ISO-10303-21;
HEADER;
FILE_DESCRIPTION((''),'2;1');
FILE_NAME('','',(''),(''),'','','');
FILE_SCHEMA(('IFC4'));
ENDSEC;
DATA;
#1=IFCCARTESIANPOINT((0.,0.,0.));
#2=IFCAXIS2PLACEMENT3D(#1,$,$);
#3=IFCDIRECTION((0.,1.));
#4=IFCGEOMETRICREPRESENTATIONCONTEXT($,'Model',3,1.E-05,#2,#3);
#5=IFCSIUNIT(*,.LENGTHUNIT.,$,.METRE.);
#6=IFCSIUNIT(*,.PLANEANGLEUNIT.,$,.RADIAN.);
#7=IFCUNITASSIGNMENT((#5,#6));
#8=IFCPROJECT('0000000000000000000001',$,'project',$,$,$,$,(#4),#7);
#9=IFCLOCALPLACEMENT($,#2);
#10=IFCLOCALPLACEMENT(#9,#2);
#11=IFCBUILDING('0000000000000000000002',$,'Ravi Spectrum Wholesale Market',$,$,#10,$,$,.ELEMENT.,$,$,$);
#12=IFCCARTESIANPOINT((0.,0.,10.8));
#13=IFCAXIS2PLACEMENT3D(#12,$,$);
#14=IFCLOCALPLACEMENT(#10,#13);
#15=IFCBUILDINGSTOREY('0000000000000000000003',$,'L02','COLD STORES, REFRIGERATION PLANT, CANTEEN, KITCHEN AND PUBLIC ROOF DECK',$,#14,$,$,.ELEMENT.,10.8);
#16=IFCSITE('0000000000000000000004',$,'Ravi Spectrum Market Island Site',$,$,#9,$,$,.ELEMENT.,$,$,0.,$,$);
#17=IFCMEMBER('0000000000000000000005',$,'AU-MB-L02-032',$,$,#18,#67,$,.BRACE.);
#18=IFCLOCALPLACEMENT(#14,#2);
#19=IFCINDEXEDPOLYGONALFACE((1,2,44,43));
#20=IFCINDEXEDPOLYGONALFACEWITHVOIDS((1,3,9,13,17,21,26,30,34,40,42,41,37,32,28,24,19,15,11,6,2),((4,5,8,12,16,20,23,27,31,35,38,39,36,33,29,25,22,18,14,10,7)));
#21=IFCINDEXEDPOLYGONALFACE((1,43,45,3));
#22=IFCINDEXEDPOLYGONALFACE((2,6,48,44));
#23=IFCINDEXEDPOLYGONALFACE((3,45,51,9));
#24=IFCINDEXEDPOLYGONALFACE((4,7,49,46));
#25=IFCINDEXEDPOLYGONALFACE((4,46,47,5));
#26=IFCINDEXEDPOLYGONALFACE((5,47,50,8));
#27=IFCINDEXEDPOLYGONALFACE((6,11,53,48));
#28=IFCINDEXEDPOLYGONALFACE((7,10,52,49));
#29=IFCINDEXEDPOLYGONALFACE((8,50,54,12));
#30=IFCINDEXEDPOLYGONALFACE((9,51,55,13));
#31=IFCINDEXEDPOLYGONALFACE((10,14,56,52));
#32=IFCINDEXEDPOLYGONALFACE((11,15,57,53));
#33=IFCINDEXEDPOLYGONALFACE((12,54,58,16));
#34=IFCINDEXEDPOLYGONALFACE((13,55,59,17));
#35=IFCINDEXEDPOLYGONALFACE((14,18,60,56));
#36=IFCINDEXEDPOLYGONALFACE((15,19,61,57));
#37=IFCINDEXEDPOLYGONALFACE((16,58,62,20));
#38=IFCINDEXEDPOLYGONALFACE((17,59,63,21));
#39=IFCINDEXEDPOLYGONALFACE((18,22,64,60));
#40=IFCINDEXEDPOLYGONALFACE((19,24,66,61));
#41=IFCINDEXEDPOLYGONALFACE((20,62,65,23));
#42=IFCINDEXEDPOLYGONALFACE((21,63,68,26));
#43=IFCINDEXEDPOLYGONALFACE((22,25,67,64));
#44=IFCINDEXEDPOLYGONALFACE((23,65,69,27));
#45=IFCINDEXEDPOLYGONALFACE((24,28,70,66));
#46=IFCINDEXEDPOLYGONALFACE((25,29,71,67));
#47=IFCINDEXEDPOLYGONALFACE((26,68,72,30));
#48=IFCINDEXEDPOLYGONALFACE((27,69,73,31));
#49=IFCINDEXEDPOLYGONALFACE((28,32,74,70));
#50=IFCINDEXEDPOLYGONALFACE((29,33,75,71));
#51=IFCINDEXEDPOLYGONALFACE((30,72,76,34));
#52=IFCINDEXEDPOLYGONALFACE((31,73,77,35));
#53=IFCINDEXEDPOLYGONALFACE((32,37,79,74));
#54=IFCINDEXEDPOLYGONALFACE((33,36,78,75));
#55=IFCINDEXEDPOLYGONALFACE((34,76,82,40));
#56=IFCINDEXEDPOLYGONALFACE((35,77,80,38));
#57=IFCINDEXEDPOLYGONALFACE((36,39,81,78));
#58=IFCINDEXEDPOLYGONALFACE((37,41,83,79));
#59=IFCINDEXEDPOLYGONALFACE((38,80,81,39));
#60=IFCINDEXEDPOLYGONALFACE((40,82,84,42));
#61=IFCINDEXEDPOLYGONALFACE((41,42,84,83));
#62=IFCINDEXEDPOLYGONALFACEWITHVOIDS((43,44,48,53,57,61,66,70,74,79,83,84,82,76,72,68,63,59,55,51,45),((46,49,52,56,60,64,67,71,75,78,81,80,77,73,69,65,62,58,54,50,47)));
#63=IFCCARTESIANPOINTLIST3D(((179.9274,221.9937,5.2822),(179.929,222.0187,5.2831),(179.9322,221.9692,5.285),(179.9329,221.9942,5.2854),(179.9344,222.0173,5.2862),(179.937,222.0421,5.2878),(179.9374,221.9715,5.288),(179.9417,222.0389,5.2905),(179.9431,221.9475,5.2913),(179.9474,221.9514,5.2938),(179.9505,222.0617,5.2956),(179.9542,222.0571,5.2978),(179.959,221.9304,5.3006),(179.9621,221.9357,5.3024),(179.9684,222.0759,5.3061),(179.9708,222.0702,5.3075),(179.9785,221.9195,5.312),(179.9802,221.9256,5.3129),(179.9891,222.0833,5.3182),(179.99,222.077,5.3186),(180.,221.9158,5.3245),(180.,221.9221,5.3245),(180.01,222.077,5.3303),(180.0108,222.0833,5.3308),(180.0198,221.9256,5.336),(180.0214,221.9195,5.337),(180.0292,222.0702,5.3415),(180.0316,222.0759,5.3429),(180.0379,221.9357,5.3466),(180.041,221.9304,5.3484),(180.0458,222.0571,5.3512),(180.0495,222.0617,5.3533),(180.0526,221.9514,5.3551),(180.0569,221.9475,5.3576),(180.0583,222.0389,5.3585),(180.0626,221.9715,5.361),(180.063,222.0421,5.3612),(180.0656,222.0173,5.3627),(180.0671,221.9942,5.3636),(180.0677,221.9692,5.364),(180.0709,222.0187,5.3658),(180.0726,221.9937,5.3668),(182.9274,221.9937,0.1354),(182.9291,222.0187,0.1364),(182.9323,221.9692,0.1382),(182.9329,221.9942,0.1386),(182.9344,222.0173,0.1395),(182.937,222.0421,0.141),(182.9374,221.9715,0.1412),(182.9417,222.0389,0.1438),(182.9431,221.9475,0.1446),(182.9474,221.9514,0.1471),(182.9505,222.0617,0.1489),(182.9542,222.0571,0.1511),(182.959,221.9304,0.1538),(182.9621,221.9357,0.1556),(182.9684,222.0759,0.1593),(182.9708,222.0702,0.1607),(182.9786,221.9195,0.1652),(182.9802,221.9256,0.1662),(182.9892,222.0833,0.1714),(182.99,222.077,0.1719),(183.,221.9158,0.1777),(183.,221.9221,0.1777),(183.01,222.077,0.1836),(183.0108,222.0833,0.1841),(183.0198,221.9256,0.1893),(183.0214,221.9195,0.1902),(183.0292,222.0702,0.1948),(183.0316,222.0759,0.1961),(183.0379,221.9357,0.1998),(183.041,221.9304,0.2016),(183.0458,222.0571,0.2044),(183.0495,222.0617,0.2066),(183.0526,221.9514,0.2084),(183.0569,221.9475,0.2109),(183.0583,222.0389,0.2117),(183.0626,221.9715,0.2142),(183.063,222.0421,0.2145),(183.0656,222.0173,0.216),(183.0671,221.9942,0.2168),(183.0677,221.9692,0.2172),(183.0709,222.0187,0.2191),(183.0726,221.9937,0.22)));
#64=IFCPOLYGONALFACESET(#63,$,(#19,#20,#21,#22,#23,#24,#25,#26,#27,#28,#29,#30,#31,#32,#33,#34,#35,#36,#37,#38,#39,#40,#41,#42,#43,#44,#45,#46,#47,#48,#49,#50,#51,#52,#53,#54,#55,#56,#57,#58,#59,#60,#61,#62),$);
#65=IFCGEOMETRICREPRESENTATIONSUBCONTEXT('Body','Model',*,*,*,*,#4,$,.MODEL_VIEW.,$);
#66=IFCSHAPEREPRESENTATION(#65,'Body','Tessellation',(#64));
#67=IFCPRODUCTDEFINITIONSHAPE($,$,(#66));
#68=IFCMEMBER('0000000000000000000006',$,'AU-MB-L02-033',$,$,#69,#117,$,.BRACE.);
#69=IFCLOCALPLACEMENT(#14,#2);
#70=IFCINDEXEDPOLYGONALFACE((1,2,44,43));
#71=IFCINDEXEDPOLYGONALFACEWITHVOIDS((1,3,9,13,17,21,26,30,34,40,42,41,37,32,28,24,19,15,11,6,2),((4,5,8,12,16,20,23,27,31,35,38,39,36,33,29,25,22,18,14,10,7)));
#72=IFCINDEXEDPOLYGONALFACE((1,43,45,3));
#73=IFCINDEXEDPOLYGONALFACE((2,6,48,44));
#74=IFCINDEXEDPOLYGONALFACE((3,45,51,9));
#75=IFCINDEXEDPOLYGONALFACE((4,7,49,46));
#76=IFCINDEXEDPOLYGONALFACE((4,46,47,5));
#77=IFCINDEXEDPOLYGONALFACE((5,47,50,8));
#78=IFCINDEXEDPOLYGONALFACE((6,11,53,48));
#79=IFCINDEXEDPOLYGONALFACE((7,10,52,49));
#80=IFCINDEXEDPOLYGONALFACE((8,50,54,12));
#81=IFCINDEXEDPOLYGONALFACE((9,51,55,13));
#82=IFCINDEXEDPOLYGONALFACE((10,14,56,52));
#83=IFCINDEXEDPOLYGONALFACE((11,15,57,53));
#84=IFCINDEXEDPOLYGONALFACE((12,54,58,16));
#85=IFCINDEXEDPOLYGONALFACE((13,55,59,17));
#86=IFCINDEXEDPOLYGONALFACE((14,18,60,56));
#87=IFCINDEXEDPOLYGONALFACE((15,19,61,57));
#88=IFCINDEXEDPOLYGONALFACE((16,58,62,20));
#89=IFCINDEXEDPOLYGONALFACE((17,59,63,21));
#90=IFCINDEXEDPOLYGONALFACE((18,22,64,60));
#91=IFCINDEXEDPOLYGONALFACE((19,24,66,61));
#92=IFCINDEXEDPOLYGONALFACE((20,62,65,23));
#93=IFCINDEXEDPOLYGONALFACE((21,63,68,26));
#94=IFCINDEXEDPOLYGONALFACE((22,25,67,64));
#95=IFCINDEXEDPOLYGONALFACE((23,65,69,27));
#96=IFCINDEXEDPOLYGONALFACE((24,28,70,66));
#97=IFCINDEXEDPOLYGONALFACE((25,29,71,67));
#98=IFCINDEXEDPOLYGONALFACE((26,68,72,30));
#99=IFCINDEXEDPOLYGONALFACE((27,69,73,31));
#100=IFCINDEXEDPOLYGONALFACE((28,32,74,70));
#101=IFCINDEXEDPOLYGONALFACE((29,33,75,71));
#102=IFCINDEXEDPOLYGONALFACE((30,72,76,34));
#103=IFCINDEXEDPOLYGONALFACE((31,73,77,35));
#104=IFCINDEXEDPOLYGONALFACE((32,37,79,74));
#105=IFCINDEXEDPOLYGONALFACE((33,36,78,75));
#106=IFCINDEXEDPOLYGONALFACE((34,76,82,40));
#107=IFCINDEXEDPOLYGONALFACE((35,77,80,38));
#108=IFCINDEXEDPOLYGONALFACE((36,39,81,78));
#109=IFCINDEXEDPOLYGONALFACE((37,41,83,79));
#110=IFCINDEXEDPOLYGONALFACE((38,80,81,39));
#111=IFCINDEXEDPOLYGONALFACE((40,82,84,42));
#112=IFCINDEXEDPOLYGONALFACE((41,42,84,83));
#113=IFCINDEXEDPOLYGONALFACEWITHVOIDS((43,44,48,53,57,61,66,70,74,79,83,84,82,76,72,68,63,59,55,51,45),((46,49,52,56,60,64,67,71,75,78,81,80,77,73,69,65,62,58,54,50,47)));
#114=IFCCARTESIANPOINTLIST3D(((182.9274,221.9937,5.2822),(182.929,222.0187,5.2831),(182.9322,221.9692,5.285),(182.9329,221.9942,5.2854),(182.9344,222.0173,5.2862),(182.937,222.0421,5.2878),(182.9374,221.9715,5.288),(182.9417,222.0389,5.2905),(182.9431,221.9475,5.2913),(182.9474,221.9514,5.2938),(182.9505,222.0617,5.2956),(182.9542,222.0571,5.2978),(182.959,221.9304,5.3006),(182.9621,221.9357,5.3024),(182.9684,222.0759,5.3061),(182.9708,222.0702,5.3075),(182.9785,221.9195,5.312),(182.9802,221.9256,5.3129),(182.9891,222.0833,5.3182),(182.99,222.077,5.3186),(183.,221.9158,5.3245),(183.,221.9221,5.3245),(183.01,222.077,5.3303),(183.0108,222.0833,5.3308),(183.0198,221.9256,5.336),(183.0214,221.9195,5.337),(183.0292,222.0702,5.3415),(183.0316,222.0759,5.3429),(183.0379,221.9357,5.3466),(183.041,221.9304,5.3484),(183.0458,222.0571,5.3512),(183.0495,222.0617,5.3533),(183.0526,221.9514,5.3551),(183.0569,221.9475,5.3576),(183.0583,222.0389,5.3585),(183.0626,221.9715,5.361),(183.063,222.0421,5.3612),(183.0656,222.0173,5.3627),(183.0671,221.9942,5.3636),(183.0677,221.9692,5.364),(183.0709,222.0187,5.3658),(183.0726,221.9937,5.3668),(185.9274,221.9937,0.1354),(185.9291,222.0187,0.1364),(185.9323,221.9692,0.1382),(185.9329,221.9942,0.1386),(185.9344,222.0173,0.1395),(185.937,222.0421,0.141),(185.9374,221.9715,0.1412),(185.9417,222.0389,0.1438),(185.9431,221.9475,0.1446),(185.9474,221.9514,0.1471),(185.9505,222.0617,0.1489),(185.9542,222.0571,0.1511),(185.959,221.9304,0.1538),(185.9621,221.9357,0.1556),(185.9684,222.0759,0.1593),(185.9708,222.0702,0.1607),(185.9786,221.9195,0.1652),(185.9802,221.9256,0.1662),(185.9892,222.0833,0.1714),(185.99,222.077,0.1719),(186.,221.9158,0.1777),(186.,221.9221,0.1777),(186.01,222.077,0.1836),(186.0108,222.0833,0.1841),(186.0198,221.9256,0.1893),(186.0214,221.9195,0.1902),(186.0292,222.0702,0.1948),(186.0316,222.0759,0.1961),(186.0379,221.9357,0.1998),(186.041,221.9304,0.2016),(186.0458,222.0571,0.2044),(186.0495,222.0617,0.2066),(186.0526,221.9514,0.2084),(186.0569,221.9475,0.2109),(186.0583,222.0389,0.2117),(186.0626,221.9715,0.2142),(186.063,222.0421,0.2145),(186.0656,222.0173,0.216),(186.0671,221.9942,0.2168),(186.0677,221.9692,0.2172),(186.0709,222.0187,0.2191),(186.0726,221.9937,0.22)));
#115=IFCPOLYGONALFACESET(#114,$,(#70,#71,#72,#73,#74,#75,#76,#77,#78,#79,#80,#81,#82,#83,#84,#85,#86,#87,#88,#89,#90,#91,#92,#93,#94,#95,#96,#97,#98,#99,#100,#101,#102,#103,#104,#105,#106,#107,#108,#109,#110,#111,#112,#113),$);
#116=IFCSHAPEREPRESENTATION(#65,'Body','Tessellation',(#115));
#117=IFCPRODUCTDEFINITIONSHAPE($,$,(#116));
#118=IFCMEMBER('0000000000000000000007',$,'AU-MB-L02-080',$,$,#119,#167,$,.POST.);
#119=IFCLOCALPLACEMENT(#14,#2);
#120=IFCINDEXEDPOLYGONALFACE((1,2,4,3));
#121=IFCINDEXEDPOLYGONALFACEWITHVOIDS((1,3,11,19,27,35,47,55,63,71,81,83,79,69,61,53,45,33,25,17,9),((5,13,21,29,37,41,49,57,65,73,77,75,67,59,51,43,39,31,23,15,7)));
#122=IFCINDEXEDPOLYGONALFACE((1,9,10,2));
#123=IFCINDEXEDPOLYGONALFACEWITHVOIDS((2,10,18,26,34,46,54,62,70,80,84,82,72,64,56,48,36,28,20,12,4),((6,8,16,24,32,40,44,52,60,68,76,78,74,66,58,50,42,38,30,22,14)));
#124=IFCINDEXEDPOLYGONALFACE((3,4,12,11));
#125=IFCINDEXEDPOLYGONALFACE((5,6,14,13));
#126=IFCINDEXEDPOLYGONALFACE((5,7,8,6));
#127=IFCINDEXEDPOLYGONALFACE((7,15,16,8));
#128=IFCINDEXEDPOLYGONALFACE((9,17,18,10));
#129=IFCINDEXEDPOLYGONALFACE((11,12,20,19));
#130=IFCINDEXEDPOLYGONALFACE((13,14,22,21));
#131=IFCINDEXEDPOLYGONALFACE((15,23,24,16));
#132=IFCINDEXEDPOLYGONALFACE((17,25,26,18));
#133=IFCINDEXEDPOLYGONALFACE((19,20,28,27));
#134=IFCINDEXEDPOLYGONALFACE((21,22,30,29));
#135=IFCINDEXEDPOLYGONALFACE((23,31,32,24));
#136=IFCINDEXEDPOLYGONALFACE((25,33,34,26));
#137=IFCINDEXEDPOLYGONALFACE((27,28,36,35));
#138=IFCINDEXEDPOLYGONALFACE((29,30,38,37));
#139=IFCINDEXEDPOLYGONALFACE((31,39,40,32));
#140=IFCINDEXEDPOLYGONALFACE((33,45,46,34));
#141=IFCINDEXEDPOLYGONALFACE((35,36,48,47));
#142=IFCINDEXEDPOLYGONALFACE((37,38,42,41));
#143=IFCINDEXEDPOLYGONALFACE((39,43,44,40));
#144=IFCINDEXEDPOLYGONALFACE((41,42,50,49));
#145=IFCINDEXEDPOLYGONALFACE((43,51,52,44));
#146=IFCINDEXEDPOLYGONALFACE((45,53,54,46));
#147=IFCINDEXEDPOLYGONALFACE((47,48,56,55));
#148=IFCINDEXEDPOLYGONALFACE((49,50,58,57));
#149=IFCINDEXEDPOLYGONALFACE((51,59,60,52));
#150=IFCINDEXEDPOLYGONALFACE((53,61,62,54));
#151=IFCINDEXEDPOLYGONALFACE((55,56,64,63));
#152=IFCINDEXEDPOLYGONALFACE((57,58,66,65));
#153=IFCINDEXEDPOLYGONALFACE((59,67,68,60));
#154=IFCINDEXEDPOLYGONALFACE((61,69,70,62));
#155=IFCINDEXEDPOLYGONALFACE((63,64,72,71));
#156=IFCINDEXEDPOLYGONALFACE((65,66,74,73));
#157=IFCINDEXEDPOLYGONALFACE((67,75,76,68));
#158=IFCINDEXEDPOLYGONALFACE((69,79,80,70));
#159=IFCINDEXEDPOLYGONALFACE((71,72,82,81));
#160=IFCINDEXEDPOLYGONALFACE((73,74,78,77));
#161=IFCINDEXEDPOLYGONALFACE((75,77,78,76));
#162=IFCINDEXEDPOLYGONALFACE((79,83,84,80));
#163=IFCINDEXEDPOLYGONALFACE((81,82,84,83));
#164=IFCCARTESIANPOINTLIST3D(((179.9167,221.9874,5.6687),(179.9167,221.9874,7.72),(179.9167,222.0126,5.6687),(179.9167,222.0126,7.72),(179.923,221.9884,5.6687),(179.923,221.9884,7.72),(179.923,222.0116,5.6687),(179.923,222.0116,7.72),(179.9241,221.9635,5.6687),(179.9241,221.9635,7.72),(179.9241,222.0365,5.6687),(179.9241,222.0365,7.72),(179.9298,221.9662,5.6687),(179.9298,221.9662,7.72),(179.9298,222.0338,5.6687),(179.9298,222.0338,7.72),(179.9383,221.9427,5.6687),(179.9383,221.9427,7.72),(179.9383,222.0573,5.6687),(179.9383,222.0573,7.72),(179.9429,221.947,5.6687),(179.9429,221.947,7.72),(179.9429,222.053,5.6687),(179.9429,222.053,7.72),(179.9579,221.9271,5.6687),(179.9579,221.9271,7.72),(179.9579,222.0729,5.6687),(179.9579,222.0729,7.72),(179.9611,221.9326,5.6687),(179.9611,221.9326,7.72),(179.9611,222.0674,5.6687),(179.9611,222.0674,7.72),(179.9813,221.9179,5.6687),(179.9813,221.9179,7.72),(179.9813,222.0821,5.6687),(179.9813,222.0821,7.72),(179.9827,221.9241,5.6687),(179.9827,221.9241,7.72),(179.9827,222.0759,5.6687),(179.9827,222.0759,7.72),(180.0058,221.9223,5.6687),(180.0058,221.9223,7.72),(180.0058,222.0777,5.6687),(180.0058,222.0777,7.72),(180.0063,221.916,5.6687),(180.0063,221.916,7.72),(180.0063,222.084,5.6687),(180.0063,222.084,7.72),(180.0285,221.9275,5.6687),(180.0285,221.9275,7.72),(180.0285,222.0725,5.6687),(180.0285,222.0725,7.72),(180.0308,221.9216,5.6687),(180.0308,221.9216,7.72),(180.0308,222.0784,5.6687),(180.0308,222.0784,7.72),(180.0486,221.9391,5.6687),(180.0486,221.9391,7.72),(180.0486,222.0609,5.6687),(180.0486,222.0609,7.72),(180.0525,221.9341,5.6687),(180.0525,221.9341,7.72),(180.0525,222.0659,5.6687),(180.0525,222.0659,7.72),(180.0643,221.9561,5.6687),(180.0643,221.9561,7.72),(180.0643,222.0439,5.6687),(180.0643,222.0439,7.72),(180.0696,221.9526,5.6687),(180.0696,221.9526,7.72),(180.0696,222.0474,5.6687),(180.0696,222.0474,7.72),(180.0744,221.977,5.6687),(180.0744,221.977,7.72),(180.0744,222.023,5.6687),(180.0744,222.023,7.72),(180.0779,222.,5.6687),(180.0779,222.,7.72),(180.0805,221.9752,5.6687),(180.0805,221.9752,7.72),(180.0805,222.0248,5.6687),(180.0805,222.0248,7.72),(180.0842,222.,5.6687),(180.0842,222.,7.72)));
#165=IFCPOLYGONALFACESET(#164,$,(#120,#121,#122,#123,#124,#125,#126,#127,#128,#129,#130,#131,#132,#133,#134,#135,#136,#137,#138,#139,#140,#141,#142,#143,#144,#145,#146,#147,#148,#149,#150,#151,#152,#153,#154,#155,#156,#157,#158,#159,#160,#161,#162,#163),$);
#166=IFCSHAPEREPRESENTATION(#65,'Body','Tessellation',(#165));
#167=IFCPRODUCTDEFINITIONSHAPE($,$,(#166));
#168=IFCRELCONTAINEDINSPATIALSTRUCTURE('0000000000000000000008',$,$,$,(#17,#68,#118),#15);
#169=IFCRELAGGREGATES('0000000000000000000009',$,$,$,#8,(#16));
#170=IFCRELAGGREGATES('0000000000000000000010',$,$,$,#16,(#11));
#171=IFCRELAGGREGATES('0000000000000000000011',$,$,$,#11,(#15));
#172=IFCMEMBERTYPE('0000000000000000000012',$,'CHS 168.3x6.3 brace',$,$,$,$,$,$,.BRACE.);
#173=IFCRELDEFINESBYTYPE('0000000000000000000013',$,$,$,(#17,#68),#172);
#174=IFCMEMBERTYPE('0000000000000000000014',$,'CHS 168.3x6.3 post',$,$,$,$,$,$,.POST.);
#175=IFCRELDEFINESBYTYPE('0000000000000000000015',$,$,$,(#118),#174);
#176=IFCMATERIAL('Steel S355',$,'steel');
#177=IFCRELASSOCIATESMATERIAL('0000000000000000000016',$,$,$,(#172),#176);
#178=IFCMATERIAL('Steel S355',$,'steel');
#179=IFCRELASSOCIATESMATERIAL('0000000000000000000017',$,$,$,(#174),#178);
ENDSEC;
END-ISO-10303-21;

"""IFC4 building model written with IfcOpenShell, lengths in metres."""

from ifc_helpers import new_model, si_unit, direction, frame, origin, origin_2d, place, context, subcontext, project, spatial, hollow_circle, extrude, material, material_profile, profile_set, type_object, element, save


model = new_model("IFC4")

# Units and contexts
model_context = context("Model", 3, precision=1e-05, world=origin(), true_north=direction((0.0, 1.0)))
body_context = subcontext(model_context, "Body", "Model", "MODEL_VIEW")
ifc_project = project(units=[si_unit("LENGTHUNIT", "METRE"), si_unit("PLANEANGLEUNIT", "RADIAN")], contexts=[model_context])

# Site, building, storey
site_placement = place(None, origin())
site = spatial("IfcSite", under=ifc_project, at=site_placement, Name="Ravi Spectrum Market Island Site", CompositionType="ELEMENT", RefElevation=0.0)
building_placement = place(site_placement, origin())
building = spatial("IfcBuilding", under=site, at=building_placement, Name="Ravi Spectrum Wholesale Market", CompositionType="ELEMENT")
storey_placement = place(building_placement, frame((0.0, 0.0, 10.8)))
storey = spatial("IfcBuildingStorey", under=building, at=storey_placement, Name="L02", Description="COLD STORES, REFRIGERATION PLANT, CANTEEN, KITCHEN AND PUBLIC ROOF DECK", CompositionType="ELEMENT", Elevation=10.8)

# Members
ifc_material_1 = material(Name="Steel S355", Category="steel")
ifc_material_profile_1 = material_profile(ifc_material_1, hollow_circle(Radius=0.0842, WallThickness=0.0063, at=origin_2d()))
ifc_profile_set_1 = profile_set([ifc_material_profile_1], Name="Steel S355")
member_type_1 = type_object("IfcMemberType", Name="CHS 168.3x6.3 brace", PredefinedType="BRACE", material=ifc_profile_set_1)
for number, where, z_axis, x_axis, name in (
    (1, (183.0, 222.0, 0.1777), (-0.503588, 0.0, 0.863944), (0.0, -1.0, 0.0), "AU-MB-L02-032"),
    (2, (186.0, 222.0, 0.1777), (-0.503588, 0.0, 0.863944), (0.0, -1.0, 0.0), "AU-MB-L02-033"),
):
    element("IfcMember", number, at=place(storey_placement, frame(where, z_axis=z_axis, x_axis=x_axis)), inside=storey, type_object=member_type_1, Name=name, PredefinedType="BRACE", context=body_context, shape_type="SweptSolid", body=[
        extrude(hollow_circle(Radius=0.0842, WallThickness=0.0063, at=origin_2d()), origin(), (0.0, 0.0, 1.0), 5.9573),
    ])
ifc_material_2 = material(Name="Steel S355", Category="steel")
ifc_material_profile_2 = material_profile(ifc_material_2, hollow_circle(Radius=0.0842, WallThickness=0.0063, at=origin_2d()))
ifc_profile_set_2 = profile_set([ifc_material_profile_2], Name="Steel S355")
member_type_2 = type_object("IfcMemberType", Name="CHS 168.3x6.3 post", PredefinedType="POST", material=ifc_profile_set_2)
for number, where, z_axis, x_axis, name in (
    (3, (180.0, 222.0, 5.6687), (0.0, 0.0, 1.0), (1.0, 0.0, 0.0), "AU-MB-L02-080"),
):
    element("IfcMember", number, at=place(storey_placement, frame(where, z_axis=z_axis, x_axis=x_axis)), inside=storey, type_object=member_type_2, Name=name, PredefinedType="POST", context=body_context, shape_type="SweptSolid", body=[
        extrude(hollow_circle(Radius=0.0842, WallThickness=0.0063, at=origin_2d()), origin(), (0.0, 0.0, 1.0), 2.0513),
    ])

save(model, "model.ifc")
